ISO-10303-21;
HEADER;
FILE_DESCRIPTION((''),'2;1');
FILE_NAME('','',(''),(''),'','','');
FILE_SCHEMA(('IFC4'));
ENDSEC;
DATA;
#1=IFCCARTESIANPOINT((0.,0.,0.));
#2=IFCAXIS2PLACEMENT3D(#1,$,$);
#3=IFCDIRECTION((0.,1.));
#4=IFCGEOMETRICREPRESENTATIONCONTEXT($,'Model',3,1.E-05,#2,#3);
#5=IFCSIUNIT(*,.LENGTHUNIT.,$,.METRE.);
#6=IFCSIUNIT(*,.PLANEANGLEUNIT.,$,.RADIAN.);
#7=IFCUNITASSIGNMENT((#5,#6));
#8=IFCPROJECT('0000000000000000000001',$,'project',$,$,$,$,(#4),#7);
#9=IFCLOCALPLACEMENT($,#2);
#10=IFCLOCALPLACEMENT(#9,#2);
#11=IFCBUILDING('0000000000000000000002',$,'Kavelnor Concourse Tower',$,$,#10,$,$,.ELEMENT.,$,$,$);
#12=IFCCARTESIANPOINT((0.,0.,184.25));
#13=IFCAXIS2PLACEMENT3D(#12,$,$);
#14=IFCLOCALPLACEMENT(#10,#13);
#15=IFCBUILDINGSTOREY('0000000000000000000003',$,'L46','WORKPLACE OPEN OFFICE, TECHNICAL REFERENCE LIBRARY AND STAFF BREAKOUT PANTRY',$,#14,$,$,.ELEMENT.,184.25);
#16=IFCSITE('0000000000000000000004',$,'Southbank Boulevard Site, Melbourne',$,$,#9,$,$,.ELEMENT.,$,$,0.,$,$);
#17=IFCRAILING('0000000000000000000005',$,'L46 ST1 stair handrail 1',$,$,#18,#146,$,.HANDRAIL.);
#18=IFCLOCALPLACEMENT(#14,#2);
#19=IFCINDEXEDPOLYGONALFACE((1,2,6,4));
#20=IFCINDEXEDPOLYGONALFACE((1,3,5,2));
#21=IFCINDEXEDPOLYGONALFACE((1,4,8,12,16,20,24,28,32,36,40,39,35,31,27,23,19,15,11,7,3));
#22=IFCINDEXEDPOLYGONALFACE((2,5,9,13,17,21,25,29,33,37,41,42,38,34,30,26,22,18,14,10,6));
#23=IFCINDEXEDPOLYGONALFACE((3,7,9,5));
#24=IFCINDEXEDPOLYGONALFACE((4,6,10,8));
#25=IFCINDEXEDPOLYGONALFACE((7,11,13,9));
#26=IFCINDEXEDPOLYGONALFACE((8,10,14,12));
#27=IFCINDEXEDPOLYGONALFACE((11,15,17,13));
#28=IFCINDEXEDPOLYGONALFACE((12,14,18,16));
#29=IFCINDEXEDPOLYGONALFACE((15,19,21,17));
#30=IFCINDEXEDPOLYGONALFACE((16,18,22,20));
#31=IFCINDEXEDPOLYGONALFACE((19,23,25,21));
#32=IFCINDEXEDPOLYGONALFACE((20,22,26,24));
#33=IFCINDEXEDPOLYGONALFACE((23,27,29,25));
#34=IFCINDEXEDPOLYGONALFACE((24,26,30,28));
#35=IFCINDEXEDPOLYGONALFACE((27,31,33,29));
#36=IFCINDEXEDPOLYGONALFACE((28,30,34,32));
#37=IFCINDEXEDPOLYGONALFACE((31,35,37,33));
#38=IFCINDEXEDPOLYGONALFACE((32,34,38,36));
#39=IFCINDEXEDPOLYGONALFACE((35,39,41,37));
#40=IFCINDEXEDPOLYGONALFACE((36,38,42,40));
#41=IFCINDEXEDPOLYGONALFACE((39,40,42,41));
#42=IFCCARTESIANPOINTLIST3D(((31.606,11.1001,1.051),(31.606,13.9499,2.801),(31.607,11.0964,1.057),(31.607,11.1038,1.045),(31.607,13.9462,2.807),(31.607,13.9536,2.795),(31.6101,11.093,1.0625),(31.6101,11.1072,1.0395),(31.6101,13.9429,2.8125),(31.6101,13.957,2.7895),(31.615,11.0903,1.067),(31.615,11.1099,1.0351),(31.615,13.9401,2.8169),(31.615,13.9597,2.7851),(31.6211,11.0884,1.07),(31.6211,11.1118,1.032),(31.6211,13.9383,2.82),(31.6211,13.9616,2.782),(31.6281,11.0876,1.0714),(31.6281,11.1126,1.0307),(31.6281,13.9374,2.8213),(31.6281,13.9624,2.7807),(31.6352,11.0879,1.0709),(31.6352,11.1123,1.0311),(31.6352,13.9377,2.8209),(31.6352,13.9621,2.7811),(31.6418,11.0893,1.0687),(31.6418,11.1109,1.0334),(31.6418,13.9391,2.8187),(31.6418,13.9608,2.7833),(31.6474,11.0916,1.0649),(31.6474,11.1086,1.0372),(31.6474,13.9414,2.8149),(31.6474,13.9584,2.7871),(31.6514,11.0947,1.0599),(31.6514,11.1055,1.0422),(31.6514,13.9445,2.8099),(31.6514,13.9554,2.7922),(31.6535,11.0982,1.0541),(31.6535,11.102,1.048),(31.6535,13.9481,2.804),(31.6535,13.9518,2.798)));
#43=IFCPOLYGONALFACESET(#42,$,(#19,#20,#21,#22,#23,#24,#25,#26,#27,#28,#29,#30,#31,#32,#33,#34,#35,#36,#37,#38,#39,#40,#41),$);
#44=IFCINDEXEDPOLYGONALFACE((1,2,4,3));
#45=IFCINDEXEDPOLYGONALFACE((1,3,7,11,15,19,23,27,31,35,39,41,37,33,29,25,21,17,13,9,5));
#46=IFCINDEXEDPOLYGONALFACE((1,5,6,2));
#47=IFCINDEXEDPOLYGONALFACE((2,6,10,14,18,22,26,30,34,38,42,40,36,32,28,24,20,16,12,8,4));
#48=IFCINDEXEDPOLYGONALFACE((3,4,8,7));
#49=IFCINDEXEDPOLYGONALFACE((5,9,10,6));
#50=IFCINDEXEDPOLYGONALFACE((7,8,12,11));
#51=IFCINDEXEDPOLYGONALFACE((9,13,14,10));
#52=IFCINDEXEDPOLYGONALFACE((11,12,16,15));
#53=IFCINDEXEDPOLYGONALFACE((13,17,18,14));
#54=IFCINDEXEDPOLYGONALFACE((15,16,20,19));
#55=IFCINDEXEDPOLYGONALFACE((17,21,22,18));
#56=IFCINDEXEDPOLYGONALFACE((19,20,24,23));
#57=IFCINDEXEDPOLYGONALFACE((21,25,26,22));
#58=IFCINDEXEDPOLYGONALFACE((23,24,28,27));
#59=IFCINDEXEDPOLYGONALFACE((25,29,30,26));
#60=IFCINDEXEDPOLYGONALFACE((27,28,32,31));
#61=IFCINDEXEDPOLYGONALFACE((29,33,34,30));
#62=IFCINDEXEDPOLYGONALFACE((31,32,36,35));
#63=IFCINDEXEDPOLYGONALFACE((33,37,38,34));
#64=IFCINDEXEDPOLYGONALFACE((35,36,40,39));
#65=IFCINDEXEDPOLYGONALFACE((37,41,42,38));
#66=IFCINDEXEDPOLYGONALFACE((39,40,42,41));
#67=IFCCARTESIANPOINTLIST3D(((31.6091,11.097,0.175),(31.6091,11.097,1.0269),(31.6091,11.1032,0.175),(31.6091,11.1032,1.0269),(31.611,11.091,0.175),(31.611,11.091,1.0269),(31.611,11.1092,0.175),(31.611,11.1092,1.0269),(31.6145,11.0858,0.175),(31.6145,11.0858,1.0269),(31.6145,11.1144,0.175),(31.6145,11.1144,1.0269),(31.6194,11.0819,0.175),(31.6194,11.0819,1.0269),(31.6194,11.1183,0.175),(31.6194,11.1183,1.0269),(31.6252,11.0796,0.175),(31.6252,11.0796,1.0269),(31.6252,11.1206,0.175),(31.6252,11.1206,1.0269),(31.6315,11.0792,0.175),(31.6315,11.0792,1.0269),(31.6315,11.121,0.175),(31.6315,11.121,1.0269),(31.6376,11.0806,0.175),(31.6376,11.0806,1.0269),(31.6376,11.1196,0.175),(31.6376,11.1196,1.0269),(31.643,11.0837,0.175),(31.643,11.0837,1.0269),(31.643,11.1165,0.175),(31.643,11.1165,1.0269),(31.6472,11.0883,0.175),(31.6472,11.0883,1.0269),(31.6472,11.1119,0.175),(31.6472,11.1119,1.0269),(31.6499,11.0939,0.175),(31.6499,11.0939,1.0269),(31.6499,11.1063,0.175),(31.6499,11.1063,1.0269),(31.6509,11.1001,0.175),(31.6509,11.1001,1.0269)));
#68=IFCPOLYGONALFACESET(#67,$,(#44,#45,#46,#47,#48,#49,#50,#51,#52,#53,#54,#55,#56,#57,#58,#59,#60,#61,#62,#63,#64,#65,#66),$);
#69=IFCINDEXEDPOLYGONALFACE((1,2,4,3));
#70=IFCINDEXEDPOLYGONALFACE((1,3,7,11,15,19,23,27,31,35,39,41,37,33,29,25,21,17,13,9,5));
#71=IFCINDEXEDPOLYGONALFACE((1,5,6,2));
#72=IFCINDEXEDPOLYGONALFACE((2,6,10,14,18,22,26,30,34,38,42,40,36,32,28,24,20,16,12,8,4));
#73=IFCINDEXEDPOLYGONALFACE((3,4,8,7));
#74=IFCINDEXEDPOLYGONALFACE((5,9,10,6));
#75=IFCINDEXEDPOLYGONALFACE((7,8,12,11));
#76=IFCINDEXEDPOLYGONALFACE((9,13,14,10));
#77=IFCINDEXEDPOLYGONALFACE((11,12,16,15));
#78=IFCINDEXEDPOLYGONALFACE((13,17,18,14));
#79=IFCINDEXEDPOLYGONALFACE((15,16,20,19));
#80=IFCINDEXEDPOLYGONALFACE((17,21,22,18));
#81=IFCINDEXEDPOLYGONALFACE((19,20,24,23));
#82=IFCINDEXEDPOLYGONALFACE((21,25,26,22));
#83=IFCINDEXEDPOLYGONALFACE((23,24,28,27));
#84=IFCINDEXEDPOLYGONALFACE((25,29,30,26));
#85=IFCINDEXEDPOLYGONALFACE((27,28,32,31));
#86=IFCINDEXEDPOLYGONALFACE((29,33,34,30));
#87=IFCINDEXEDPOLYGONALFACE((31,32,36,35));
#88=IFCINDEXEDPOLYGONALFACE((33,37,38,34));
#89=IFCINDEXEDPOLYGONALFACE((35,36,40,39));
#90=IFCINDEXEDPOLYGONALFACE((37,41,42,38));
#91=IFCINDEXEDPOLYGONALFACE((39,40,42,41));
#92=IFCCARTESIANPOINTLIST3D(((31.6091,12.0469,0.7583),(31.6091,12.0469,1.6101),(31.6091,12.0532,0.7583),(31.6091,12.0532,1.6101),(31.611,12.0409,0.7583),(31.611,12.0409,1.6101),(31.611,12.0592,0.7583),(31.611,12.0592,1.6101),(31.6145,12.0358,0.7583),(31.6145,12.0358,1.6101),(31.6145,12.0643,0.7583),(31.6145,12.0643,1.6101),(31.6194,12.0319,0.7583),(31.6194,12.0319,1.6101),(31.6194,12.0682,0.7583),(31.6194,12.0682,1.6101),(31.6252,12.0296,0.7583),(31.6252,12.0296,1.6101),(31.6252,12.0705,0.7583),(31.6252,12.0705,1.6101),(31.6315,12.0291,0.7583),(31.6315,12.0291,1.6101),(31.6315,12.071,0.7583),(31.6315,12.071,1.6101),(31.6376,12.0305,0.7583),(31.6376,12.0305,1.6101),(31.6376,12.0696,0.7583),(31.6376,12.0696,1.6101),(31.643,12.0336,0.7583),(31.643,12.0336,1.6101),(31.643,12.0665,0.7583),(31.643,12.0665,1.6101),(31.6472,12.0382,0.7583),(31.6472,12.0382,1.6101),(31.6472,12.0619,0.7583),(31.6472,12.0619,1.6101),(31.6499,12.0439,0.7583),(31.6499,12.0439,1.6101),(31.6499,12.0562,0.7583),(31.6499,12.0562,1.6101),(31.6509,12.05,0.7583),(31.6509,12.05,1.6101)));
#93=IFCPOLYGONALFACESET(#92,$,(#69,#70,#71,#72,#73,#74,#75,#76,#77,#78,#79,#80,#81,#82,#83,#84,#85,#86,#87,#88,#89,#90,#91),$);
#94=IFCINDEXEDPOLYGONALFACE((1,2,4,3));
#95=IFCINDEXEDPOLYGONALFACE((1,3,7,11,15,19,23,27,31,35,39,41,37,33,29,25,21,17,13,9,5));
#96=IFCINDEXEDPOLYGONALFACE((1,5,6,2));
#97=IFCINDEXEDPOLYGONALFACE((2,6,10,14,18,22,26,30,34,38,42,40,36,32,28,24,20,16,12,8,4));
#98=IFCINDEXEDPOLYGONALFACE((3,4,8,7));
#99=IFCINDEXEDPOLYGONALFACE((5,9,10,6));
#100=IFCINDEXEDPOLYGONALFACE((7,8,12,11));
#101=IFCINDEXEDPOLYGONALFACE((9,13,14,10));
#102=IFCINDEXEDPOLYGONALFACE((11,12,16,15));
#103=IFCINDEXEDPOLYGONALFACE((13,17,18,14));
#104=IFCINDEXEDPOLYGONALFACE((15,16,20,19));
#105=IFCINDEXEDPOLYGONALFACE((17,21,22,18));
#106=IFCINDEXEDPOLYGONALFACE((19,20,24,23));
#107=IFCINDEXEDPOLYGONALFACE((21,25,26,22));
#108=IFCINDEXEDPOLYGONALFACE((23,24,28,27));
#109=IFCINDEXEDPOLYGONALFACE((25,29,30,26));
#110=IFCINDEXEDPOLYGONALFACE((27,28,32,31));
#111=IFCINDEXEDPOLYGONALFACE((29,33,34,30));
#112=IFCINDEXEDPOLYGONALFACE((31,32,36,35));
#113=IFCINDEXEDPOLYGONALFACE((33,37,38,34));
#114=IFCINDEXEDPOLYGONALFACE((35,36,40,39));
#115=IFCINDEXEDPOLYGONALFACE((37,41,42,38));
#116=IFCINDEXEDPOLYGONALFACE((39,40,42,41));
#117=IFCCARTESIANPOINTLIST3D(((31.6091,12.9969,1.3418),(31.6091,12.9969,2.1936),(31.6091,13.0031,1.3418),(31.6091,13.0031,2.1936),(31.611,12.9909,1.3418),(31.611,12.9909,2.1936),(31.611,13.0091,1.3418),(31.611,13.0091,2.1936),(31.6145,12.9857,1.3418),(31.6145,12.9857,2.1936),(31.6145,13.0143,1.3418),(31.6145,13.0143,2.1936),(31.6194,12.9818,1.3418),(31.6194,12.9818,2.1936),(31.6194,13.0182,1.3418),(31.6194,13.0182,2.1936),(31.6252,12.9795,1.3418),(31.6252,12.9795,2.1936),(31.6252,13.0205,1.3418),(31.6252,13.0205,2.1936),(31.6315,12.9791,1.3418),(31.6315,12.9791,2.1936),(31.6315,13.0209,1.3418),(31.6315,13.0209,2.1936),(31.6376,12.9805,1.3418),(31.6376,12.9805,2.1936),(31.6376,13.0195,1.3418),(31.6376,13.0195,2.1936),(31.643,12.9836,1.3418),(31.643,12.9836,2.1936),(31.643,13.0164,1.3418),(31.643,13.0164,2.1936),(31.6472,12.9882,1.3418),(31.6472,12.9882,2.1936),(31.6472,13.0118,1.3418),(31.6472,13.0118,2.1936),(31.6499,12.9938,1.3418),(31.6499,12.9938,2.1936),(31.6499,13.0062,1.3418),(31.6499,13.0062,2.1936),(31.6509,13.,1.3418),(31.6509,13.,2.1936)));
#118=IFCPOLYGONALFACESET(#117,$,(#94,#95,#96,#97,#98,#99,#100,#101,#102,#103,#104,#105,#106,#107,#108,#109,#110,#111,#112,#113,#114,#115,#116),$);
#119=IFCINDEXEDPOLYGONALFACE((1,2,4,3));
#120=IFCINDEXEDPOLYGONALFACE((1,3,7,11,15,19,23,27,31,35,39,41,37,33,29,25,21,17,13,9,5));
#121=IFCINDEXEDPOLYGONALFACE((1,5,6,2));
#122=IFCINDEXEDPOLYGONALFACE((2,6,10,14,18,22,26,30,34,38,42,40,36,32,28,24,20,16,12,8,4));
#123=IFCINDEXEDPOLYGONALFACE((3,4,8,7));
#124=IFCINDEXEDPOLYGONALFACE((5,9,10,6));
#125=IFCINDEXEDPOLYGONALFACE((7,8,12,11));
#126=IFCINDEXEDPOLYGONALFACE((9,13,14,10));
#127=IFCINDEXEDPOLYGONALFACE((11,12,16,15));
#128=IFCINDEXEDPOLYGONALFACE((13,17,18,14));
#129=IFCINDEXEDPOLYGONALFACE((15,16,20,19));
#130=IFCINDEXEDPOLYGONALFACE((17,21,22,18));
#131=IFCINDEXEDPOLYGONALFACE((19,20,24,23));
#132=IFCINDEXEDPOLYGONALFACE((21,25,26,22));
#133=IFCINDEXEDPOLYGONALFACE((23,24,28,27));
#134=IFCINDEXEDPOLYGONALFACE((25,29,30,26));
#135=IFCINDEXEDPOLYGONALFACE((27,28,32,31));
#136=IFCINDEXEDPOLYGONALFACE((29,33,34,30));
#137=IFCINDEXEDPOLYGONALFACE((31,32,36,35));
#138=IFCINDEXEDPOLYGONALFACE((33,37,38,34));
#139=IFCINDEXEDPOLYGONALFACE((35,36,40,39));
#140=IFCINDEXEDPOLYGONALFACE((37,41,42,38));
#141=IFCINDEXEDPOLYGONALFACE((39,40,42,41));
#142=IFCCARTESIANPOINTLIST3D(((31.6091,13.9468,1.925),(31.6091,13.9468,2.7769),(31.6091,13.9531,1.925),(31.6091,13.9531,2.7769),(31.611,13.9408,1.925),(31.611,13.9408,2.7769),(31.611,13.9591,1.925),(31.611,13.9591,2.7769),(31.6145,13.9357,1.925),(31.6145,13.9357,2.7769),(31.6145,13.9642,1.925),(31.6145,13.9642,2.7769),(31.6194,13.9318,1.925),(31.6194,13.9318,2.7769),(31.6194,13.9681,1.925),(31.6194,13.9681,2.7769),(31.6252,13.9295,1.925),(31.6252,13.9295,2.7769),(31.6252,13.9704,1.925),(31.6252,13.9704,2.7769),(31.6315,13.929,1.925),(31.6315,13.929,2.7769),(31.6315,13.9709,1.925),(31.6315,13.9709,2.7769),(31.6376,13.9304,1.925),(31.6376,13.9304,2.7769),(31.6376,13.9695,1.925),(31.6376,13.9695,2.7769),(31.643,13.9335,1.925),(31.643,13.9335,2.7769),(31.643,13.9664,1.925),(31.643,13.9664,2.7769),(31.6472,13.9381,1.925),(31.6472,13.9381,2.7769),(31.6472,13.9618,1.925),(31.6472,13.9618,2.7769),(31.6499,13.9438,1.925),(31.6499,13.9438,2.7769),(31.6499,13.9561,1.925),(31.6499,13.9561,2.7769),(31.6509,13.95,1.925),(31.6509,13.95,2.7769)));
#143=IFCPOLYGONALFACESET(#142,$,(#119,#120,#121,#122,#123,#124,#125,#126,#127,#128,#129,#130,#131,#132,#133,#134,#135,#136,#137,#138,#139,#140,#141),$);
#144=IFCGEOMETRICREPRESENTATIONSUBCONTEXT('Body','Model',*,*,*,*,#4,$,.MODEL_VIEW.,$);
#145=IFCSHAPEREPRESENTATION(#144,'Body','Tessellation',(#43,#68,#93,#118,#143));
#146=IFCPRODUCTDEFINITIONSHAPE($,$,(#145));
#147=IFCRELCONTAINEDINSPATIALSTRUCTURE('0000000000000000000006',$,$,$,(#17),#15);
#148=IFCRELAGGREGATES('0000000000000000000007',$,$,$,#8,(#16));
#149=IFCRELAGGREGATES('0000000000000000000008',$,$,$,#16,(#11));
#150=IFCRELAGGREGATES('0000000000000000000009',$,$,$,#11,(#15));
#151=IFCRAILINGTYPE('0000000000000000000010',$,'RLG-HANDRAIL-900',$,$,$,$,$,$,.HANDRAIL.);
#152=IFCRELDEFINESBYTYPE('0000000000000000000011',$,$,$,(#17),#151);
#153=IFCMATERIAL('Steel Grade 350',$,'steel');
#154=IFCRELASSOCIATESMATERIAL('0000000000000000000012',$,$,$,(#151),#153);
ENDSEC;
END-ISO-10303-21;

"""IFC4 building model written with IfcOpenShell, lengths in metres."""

from ifc_helpers import new_model, si_unit, direction, frame, origin, origin_2d, place, context, subcontext, project, spatial, circle, extrude, material, type_object, element, save


model = new_model("IFC4")

# Units and contexts
model_context = context("Model", 3, precision=1e-05, world=origin(), true_north=direction((0.0, 1.0)))
body_context = subcontext(model_context, "Body", "Model", "MODEL_VIEW")
ifc_project = project(units=[si_unit("LENGTHUNIT", "METRE"), si_unit("PLANEANGLEUNIT", "RADIAN")], contexts=[model_context])

# Site, building, storey
site_placement = place(None, origin())
site = spatial("IfcSite", under=ifc_project, at=site_placement, Name="Southbank Boulevard Site, Melbourne", CompositionType="ELEMENT", RefElevation=0.0)
building_placement = place(site_placement, origin())
building = spatial("IfcBuilding", under=site, at=building_placement, Name="Kavelnor Concourse Tower", CompositionType="ELEMENT")
storey_placement = place(building_placement, frame((0.0, 0.0, 184.25)))
storey = spatial("IfcBuildingStorey", under=building, at=storey_placement, Name="L46", Description="WORKPLACE OPEN OFFICE, TECHNICAL REFERENCE LIBRARY AND STAFF BREAKOUT PANTRY", CompositionType="ELEMENT", Elevation=184.25)

# Shared definitions
ifc_material_1 = material(Name="Steel Grade 350", Category="steel")

# Railing
railing_type_1 = type_object("IfcRailingType", Name="RLG-HANDRAIL-900", PredefinedType="HANDRAIL", material=ifc_material_1)
railing_1_placement = place(storey_placement, frame((31.6299, 11.1001, 0.175)))
element("IfcRailing", 1, at=railing_1_placement, inside=storey, type_object=railing_type_1, Name="L46 ST1 stair handrail 1", PredefinedType="HANDRAIL", context=body_context, shape_type="SweptSolid", body=[
    extrude(circle(Radius=0.0239, at=origin_2d()), frame((0.0, 0.0, 0.876), z_axis=(0.0, 0.852159, 0.523283), x_axis=(-1.0, 0.0, 0.0)), (0.0, 0.0, 1.0), 3.3442),
    extrude(circle(Radius=0.021, at=origin_2d()), origin(), (0.0, 0.0, 1.0), 0.8518),
    extrude(circle(Radius=0.021, at=origin_2d()), frame((0.0, 0.95, 0.5833)), (0.0, 0.0, 1.0), 0.8518),
    extrude(circle(Radius=0.021, at=origin_2d()), frame((0.0, 1.8999, 1.1667)), (0.0, 0.0, 1.0), 0.8518),
    extrude(circle(Radius=0.021, at=origin_2d()), frame((0.0, 2.8499, 1.75)), (0.0, 0.0, 1.0), 0.8518),
])

save(model, "model.ifc")
